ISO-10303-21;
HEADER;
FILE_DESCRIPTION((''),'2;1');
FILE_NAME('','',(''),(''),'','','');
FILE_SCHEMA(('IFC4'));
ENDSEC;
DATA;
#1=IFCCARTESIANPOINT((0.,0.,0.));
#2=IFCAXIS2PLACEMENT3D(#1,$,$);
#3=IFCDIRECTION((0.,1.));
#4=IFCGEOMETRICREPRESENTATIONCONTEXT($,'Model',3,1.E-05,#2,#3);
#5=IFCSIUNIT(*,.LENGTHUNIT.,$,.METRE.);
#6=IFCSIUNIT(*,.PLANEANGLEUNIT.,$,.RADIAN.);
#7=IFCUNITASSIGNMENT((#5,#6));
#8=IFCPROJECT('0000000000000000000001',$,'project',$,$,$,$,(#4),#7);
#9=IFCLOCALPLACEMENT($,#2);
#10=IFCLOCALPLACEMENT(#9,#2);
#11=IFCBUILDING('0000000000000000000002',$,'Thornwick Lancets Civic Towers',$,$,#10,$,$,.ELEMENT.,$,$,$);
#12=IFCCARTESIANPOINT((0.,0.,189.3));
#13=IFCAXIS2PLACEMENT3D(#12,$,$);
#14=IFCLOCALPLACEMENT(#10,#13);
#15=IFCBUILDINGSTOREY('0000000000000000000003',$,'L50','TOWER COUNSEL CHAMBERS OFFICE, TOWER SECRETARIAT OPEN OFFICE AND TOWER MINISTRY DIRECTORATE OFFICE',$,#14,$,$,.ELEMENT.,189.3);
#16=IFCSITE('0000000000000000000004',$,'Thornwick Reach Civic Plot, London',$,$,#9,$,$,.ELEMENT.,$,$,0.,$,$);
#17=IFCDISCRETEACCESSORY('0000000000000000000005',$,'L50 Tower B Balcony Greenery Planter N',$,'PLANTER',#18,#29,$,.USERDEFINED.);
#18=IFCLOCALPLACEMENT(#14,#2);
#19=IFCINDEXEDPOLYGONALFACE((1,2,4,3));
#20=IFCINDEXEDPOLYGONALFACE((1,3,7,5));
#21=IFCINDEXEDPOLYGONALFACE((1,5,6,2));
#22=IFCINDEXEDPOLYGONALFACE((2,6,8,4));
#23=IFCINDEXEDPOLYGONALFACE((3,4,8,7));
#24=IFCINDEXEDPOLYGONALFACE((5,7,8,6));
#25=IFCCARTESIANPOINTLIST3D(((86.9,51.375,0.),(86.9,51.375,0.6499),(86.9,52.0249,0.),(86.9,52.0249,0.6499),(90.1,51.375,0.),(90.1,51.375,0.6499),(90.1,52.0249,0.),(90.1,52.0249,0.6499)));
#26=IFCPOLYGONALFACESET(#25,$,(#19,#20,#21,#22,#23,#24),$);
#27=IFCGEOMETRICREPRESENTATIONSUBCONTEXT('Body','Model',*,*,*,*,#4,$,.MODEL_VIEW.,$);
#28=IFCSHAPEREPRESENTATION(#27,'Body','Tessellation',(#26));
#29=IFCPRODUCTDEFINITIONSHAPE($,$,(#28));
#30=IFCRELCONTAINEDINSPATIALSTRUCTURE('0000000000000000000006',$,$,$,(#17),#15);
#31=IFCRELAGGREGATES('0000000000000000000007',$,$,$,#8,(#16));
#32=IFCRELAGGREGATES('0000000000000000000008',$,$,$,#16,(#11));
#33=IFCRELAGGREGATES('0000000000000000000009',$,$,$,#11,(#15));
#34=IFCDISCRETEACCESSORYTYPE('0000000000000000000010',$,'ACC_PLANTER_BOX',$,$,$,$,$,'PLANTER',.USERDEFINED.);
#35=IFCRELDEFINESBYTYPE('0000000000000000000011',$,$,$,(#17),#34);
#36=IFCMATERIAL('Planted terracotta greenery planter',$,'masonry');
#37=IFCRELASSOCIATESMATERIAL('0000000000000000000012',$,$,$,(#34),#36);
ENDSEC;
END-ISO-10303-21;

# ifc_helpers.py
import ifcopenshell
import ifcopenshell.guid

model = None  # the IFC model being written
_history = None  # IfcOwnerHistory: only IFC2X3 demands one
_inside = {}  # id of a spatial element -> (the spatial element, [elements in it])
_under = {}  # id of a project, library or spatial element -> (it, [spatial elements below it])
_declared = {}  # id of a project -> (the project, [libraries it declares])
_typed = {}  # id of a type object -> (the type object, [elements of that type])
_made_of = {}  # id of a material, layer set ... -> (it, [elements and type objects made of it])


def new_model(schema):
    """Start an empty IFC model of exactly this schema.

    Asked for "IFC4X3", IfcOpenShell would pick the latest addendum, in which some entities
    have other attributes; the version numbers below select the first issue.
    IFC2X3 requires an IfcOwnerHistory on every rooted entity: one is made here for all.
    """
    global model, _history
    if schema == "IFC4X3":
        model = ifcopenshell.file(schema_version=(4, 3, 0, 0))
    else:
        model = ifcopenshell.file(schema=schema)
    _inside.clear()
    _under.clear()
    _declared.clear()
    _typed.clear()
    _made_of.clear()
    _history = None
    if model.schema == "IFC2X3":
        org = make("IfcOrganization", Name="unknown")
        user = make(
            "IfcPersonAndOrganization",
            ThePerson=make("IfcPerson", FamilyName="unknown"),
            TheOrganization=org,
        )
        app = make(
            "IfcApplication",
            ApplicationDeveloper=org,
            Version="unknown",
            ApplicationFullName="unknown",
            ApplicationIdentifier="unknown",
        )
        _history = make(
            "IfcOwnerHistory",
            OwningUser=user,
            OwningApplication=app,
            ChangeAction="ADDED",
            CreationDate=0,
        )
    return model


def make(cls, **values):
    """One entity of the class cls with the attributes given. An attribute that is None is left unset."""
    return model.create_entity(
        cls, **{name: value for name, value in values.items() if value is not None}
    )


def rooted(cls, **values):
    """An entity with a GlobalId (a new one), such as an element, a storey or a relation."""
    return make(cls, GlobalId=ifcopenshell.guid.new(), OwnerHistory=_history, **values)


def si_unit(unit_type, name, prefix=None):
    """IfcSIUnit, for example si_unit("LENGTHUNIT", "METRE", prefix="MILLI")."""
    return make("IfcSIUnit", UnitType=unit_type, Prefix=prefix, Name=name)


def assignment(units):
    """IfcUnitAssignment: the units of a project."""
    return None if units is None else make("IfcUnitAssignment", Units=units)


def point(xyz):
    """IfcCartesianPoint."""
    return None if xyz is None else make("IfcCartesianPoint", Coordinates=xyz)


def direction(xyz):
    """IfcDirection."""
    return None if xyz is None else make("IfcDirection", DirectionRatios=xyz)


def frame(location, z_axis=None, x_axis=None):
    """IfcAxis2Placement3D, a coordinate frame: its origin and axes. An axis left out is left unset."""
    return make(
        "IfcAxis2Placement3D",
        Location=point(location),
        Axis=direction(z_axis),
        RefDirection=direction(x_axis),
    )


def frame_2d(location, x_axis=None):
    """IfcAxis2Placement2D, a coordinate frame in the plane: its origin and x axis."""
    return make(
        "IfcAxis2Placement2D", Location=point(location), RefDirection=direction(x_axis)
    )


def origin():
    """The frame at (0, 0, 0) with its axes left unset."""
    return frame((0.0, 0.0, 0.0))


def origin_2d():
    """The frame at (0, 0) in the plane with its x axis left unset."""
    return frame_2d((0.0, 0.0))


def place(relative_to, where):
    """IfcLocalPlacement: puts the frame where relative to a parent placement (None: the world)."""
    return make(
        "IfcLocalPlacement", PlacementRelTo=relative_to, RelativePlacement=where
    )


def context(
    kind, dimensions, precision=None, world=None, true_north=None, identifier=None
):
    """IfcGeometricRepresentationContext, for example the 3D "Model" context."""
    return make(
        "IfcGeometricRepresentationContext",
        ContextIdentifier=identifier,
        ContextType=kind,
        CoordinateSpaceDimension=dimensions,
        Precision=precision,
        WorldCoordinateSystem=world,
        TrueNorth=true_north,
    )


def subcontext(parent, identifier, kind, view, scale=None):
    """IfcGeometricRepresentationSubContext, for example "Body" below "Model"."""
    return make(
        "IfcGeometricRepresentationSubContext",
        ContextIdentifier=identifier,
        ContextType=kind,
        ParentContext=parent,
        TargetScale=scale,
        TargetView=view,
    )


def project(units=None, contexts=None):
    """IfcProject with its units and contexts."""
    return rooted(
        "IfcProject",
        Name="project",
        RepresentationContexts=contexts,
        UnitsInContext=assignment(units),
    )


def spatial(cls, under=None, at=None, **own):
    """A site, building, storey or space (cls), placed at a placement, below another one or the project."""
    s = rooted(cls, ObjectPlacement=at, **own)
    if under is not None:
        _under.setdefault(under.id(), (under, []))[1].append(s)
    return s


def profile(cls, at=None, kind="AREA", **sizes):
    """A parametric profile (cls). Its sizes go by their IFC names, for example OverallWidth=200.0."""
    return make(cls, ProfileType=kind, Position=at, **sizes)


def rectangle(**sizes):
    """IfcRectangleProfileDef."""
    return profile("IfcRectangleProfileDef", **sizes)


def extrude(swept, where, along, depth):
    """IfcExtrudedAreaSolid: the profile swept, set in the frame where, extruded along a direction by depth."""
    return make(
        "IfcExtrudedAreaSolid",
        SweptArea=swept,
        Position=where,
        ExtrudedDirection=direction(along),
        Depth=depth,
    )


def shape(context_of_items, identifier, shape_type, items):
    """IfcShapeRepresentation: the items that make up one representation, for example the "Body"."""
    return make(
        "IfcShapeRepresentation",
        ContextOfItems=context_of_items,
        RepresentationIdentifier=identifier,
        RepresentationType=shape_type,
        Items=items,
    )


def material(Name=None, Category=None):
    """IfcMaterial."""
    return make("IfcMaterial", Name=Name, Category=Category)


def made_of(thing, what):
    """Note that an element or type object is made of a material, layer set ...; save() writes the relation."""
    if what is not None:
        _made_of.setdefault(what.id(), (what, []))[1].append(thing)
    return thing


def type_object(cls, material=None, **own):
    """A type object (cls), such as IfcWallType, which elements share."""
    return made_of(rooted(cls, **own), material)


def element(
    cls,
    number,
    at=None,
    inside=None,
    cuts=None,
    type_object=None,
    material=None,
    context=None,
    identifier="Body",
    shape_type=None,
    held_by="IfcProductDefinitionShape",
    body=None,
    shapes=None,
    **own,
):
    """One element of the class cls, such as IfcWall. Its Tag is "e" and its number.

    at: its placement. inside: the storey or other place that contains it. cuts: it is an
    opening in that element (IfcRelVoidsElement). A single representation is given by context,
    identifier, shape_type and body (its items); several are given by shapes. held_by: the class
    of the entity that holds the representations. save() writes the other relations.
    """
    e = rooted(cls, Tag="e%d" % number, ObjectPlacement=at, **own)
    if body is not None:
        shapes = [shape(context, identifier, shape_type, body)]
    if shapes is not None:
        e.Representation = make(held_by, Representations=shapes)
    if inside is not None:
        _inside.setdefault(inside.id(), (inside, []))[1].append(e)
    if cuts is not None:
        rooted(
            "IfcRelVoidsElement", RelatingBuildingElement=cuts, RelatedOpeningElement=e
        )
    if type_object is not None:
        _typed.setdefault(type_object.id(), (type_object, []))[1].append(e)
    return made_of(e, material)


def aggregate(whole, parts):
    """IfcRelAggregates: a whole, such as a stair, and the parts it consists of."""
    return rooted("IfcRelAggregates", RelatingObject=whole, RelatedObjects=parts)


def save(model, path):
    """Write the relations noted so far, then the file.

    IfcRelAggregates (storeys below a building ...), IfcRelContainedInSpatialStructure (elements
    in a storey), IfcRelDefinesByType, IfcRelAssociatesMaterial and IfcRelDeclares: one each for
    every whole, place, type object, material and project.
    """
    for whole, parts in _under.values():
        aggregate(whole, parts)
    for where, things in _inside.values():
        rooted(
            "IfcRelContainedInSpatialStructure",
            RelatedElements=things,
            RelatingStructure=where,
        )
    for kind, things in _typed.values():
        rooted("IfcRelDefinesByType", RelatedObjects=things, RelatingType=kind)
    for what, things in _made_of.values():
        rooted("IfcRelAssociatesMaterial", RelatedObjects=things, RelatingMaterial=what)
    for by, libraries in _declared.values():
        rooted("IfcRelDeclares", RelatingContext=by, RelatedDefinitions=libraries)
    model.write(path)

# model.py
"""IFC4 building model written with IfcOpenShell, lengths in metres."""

from ifc_helpers import new_model, si_unit, direction, frame, origin, origin_2d, place, context, subcontext, project, spatial, rectangle, extrude, material, type_object, element, save


model = new_model("IFC4")

# Units and contexts
model_context = context("Model", 3, precision=1e-05, world=origin(), true_north=direction((0.0, 1.0)))
body_context = subcontext(model_context, "Body", "Model", "MODEL_VIEW")
ifc_project = project(units=[si_unit("LENGTHUNIT", "METRE"), si_unit("PLANEANGLEUNIT", "RADIAN")], contexts=[model_context])

# Site, building, storey
site_placement = place(None, origin())
site = spatial("IfcSite", under=ifc_project, at=site_placement, Name="Thornwick Reach Civic Plot, London", CompositionType="ELEMENT", RefElevation=0.0)
building_placement = place(site_placement, origin())
building = spatial("IfcBuilding", under=site, at=building_placement, Name="Thornwick Lancets Civic Towers", CompositionType="ELEMENT")
storey_placement = place(building_placement, frame((0.0, 0.0, 189.3)))
storey = spatial("IfcBuildingStorey", under=building, at=storey_placement, Name="L50", Description="TOWER COUNSEL CHAMBERS OFFICE, TOWER SECRETARIAT OPEN OFFICE AND TOWER MINISTRY DIRECTORATE OFFICE", CompositionType="ELEMENT", Elevation=189.3)

# Discrete accessory
ifc_material_1 = material(Name="Planted terracotta greenery planter", Category="masonry")
discrete_accessory_type = type_object("IfcDiscreteAccessoryType", Name="ACC_PLANTER_BOX", ElementType="PLANTER", PredefinedType="USERDEFINED", material=ifc_material_1)
discrete_accessory_placement = place(storey_placement, frame((88.5, 51.7, 0.0), z_axis=(0.0, 0.0, 1.0), x_axis=(1.0, 0.0, 0.0)))
element("IfcDiscreteAccessory", 1, at=discrete_accessory_placement, inside=storey, type_object=discrete_accessory_type, Name="L50 Tower B Balcony Greenery Planter N", ObjectType="PLANTER", PredefinedType="USERDEFINED", context=body_context, shape_type="SweptSolid", body=[
    extrude(rectangle(XDim=3.2, YDim=0.6499, at=origin_2d()), origin(), (0.0, 0.0, 1.0), 0.6499),
])

save(model, "model.ifc")
